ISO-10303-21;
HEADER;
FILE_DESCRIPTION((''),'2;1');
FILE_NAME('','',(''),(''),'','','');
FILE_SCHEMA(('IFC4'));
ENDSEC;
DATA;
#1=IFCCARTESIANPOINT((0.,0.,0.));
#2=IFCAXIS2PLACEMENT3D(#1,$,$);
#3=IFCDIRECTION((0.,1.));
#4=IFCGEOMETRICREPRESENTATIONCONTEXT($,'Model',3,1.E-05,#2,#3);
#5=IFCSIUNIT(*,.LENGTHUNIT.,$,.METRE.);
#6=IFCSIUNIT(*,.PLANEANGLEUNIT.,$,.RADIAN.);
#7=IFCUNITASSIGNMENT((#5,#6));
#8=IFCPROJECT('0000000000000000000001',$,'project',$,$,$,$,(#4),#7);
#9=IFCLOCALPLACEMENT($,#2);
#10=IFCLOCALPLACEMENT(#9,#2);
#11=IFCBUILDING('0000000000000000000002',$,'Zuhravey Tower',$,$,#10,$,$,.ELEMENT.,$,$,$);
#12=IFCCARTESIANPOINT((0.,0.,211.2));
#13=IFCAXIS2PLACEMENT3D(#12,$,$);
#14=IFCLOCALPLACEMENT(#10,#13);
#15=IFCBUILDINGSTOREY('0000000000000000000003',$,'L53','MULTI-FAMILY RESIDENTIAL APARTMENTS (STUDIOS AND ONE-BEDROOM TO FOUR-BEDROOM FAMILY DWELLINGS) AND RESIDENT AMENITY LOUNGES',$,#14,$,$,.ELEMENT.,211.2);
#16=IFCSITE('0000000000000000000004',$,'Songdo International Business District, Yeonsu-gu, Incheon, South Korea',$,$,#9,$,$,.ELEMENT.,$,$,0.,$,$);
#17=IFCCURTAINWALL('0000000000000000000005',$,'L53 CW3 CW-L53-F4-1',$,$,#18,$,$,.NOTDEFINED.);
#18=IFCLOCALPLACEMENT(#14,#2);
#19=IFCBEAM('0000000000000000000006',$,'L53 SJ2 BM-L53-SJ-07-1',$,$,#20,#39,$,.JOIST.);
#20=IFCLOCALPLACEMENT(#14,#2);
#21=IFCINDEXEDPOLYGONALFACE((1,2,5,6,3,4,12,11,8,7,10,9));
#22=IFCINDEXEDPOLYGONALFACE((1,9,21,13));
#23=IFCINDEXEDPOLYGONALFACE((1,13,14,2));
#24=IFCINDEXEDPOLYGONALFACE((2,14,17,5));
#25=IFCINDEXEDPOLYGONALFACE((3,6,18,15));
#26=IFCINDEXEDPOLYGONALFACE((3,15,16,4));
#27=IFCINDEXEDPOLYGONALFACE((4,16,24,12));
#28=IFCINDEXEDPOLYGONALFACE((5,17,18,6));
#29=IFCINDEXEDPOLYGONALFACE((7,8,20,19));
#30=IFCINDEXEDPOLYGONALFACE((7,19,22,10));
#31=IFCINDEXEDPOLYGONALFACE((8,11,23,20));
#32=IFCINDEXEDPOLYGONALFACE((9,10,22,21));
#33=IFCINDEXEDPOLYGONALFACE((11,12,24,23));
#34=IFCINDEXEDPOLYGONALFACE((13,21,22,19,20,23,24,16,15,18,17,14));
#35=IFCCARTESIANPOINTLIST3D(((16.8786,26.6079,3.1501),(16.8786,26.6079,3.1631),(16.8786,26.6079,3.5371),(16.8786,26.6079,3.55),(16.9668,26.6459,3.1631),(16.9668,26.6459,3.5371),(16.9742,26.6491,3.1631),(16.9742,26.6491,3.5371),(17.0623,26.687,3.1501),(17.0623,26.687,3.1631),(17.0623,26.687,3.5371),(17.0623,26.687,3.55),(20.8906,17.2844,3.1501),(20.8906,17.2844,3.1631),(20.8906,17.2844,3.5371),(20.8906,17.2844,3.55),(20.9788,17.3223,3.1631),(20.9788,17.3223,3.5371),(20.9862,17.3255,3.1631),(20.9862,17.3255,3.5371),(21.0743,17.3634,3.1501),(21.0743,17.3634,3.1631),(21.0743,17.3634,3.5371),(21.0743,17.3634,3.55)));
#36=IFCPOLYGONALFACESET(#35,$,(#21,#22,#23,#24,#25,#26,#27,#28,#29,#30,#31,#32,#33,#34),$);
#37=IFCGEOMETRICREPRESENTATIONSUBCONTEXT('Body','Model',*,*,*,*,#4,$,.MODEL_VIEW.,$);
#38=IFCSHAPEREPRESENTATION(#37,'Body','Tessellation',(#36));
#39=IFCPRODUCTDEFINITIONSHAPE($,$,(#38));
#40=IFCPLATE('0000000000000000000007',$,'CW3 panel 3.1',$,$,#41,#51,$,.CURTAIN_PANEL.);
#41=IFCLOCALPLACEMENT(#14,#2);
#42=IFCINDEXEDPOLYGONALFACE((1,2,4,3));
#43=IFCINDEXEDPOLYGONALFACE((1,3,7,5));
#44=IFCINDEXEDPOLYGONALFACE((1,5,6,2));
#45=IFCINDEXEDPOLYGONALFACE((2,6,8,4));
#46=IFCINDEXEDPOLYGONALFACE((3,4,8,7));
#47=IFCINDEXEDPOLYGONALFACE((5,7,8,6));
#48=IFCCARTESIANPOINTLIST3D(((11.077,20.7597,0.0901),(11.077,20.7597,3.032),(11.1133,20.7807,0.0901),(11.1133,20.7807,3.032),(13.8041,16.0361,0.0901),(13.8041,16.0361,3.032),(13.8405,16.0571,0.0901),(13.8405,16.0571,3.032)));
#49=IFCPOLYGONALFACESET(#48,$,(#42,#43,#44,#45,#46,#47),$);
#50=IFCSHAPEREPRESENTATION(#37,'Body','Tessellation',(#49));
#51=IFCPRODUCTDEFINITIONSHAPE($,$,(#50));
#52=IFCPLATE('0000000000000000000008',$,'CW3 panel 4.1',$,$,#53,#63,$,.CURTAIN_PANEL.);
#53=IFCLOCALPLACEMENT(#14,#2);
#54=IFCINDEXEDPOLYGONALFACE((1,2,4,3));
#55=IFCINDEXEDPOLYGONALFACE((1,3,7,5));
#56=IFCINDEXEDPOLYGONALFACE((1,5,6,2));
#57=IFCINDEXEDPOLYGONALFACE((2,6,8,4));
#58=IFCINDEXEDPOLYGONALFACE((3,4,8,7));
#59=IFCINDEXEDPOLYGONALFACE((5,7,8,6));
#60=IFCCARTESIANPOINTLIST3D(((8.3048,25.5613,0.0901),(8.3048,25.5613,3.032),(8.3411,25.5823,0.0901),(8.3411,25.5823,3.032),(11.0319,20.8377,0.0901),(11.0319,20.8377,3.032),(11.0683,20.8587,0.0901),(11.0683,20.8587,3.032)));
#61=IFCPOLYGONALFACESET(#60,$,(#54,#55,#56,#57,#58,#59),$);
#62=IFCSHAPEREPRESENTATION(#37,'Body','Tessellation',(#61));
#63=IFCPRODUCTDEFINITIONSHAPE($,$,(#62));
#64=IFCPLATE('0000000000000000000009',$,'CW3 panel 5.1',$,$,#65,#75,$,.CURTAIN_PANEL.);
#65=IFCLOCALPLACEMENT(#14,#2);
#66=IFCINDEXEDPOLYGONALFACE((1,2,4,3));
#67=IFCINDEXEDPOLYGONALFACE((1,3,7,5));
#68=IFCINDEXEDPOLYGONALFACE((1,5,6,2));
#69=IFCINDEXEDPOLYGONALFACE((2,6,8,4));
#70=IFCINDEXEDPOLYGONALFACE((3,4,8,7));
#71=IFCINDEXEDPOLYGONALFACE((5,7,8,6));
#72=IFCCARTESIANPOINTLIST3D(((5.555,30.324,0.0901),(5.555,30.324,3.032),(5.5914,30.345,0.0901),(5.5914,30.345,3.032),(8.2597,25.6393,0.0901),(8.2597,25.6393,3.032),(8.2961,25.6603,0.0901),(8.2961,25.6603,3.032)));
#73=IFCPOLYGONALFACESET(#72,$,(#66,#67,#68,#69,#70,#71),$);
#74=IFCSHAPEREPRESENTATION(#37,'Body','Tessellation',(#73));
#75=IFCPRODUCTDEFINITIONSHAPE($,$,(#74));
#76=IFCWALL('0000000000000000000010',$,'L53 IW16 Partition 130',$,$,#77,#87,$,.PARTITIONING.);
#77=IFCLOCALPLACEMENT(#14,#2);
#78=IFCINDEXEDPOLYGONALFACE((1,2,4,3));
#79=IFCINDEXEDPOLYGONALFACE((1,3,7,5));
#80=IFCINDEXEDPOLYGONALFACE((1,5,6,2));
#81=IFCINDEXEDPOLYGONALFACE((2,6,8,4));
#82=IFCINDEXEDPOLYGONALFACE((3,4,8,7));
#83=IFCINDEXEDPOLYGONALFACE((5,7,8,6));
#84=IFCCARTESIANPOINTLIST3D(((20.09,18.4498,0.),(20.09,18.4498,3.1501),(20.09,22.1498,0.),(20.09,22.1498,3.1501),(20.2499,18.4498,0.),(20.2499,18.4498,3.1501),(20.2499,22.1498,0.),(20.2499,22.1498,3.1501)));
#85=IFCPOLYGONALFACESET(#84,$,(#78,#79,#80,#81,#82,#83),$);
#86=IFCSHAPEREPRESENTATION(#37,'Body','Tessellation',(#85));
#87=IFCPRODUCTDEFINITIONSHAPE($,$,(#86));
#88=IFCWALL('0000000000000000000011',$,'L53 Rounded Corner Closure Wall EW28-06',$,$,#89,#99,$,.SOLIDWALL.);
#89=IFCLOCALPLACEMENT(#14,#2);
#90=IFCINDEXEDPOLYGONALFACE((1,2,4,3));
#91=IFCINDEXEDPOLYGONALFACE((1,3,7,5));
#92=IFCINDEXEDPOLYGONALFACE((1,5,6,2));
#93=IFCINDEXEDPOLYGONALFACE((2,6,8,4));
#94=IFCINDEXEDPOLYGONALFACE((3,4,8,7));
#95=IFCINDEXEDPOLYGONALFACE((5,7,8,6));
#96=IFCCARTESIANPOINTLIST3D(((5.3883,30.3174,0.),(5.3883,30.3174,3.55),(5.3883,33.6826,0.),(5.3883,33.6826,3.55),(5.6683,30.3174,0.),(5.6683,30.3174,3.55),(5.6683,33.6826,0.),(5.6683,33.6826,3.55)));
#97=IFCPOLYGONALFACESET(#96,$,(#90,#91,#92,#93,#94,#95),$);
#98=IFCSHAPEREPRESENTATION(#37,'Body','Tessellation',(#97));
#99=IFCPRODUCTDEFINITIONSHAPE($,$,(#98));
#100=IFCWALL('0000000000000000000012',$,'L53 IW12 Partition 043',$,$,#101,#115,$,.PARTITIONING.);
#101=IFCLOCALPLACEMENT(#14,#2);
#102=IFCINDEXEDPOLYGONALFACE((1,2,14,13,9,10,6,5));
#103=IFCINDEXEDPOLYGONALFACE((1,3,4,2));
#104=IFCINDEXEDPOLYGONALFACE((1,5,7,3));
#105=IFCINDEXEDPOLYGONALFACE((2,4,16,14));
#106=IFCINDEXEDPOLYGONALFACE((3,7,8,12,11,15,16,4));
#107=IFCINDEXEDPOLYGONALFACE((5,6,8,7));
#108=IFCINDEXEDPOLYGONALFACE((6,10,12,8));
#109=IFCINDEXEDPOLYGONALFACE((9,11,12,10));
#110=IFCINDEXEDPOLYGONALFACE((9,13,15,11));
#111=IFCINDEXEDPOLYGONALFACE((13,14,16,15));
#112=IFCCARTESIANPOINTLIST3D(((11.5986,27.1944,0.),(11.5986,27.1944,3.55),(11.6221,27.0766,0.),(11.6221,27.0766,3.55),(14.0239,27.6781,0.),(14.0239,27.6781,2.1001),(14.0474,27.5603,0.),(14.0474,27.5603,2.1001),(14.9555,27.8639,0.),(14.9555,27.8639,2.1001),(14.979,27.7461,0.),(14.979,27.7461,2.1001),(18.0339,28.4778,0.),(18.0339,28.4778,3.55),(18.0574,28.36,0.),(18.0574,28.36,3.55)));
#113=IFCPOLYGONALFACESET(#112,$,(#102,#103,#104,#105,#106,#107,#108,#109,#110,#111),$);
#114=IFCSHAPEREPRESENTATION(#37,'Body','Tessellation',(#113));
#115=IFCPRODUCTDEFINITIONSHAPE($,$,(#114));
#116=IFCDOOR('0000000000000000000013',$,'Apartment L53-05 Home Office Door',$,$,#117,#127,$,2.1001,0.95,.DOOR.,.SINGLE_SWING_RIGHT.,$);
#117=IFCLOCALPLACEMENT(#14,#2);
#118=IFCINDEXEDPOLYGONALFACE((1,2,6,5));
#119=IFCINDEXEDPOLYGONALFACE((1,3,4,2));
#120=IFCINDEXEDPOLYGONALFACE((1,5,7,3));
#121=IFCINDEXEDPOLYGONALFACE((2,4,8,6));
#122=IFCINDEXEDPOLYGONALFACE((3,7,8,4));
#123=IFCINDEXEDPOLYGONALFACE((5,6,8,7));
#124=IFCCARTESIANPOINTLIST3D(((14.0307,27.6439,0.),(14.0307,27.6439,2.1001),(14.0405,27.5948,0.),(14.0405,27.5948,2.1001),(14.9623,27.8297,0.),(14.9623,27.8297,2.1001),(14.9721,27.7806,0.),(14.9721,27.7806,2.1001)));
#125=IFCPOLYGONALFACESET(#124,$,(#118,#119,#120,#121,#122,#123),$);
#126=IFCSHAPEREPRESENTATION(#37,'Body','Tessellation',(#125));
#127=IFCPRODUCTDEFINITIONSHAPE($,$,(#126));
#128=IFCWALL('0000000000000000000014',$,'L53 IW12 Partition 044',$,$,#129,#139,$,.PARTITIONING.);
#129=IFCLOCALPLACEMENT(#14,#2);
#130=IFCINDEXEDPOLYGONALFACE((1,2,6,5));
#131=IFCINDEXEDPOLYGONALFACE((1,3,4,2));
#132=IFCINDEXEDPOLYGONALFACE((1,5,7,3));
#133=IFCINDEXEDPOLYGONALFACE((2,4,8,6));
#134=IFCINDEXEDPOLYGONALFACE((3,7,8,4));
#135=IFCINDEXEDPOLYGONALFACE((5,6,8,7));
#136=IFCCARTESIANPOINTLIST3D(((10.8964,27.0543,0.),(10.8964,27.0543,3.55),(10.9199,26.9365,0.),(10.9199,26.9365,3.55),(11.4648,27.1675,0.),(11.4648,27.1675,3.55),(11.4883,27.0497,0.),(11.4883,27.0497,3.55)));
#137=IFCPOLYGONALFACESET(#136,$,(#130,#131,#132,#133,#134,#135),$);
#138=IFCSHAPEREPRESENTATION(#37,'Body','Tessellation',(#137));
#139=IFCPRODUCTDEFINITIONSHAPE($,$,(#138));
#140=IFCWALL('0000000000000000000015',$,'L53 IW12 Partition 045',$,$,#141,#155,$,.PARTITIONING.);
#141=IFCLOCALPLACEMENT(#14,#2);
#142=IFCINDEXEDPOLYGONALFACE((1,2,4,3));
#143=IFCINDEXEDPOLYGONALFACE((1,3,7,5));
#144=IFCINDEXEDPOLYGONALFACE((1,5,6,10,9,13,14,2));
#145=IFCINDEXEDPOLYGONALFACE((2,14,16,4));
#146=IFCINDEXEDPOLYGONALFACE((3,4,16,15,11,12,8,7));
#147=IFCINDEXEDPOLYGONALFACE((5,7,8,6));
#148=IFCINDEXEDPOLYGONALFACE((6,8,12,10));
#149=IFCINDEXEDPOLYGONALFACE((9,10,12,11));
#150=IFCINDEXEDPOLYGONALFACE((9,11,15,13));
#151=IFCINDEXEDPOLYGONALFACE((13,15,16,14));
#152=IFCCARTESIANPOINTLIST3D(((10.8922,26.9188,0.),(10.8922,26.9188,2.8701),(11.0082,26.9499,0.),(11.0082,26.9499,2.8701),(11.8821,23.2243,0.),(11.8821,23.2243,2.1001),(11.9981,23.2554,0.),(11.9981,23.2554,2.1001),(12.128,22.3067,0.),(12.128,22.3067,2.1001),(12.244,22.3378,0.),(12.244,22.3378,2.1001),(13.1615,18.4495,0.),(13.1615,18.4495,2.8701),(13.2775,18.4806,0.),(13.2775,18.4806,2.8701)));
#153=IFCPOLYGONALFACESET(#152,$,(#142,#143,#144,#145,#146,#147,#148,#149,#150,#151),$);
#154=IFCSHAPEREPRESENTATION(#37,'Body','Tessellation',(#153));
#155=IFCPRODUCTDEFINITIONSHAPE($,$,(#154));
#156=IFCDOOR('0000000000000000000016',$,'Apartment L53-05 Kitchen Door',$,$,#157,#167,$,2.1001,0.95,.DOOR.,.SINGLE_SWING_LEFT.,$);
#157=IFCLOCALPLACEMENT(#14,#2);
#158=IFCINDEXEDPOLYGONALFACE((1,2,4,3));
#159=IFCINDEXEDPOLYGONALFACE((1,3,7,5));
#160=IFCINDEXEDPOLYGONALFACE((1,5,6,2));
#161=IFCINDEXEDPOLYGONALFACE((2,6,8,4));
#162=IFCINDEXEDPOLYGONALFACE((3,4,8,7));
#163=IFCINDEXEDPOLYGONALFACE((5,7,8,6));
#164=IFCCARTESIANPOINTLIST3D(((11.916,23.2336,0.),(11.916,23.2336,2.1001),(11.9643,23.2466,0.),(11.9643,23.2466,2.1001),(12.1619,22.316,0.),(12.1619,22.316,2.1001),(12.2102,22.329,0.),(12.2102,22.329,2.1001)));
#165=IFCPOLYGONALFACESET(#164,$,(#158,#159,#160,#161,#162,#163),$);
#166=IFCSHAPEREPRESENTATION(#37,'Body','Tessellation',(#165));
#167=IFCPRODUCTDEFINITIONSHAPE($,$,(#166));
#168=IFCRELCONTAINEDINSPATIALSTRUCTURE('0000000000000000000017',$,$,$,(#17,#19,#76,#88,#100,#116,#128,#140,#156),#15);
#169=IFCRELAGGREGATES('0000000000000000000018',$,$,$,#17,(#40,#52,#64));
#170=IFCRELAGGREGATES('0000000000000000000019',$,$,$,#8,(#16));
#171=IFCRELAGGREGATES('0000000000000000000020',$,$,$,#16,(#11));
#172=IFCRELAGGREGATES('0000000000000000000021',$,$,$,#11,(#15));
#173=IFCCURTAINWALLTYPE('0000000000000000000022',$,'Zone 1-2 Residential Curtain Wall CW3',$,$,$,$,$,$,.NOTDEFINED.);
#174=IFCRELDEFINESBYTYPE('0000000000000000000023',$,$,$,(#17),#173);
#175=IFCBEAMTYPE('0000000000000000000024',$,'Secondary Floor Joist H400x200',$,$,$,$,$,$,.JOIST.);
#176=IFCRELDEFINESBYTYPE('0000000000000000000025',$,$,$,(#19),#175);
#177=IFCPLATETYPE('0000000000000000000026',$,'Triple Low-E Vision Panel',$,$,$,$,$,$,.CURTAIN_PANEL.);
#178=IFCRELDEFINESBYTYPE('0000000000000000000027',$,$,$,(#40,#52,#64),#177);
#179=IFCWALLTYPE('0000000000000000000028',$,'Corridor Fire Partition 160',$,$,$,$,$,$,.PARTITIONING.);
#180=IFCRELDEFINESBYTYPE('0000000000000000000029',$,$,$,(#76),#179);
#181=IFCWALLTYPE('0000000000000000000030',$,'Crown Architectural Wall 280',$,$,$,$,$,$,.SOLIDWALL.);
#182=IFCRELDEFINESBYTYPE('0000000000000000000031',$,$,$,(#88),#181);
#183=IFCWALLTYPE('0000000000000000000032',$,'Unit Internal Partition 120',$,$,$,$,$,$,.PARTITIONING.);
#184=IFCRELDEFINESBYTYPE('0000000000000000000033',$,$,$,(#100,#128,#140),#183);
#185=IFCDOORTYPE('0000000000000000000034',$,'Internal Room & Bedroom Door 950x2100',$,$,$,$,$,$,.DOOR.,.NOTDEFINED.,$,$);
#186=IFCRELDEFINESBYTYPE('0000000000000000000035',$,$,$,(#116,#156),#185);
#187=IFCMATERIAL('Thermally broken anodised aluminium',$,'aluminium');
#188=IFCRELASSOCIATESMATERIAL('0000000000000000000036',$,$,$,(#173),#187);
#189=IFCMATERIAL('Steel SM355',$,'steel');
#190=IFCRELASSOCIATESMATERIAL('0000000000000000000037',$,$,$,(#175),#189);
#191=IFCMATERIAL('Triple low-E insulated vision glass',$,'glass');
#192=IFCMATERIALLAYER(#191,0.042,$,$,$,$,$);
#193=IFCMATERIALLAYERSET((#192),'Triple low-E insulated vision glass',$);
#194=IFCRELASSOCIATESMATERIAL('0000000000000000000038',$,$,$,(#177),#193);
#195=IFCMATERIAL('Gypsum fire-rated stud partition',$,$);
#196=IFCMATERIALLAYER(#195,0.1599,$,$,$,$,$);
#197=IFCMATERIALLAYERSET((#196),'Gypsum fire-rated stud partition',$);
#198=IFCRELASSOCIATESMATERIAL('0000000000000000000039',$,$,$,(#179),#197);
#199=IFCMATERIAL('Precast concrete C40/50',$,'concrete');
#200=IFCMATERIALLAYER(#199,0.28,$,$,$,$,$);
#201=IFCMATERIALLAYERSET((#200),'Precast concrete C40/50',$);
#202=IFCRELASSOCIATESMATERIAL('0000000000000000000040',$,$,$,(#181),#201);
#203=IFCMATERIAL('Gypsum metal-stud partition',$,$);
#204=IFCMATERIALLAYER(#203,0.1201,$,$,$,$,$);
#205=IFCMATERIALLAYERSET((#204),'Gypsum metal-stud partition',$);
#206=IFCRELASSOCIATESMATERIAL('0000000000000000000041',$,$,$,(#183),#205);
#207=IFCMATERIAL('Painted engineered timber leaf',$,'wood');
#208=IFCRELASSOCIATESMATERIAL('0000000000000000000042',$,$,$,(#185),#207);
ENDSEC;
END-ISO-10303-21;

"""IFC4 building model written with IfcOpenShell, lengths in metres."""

from ifc_helpers import new_model, si_unit, direction, frame, frame_2d, origin, origin_2d, place, context, subcontext, project, spatial, rectangle, i_section, extrude, material, layer, layer_set, material_profile, profile_set, type_object, element, fill, aggregate, save


model = new_model("IFC4")

# Units and contexts
model_context = context("Model", 3, precision=1e-05, world=origin(), true_north=direction((0.0, 1.0)))
body_context = subcontext(model_context, "Body", "Model", "MODEL_VIEW")
ifc_project = project(units=[si_unit("LENGTHUNIT", "METRE"), si_unit("PLANEANGLEUNIT", "RADIAN")], contexts=[model_context])

# Site, building, storey
site_placement = place(None, origin())
site = spatial("IfcSite", under=ifc_project, at=site_placement, Name="Songdo International Business District, Yeonsu-gu, Incheon, South Korea", CompositionType="ELEMENT", RefElevation=0.0)
building_placement = place(site_placement, origin())
building = spatial("IfcBuilding", under=site, at=building_placement, Name="Zuhravey Tower", CompositionType="ELEMENT")
storey_placement = place(building_placement, frame((0.0, 0.0, 211.2)))
storey = spatial("IfcBuildingStorey", under=building, at=storey_placement, Name="L53", Description="MULTI-FAMILY RESIDENTIAL APARTMENTS (STUDIOS AND ONE-BEDROOM TO FOUR-BEDROOM FAMILY DWELLINGS) AND RESIDENT AMENITY LOUNGES", CompositionType="ELEMENT", Elevation=211.2)

# Curtain wall
ifc_material_1 = material(Name="Thermally broken anodised aluminium", Category="aluminium")
curtain_wall_type = type_object("IfcCurtainWallType", Name="Zone 1-2 Residential Curtain Wall CW3", PredefinedType="NOTDEFINED", material=ifc_material_1)
curtain_wall_placement = place(storey_placement, origin())
curtain_wall = element("IfcCurtainWall", 1, at=curtain_wall_placement, inside=storey, type_object=curtain_wall_type, Name="L53 CW3 CW-L53-F4-1", PredefinedType="NOTDEFINED")

# Beam
ifc_material_2 = material(Name="Steel SM355", Category="steel")
ifc_material_profile_1 = material_profile(ifc_material_2, i_section(OverallWidth=0.2, OverallDepth=0.3999, WebThickness=0.0081, FlangeThickness=0.0129, at=origin_2d()), Name="H-400x200x8x13")
ifc_profile_set_1 = profile_set([ifc_material_profile_1], Name="Steel SM355")
beam_type_1 = type_object("IfcBeamType", Name="Secondary Floor Joist H400x200", PredefinedType="JOIST", material=ifc_profile_set_1)
beam_1_placement = place(storey_placement, frame((16.9705, 26.6475, 3.3501), z_axis=(0.395266, -0.918567, 0.0), x_axis=(0.918567, 0.395266, 0.0)))
element("IfcBeam", 2, at=beam_1_placement, inside=storey, type_object=beam_type_1, Name="L53 SJ2 BM-L53-SJ-07-1", PredefinedType="JOIST", context=body_context, shape_type="SweptSolid", body=[
    extrude(i_section(OverallWidth=0.2, OverallDepth=0.3999, WebThickness=0.0081, FlangeThickness=0.0129, at=origin_2d()), origin(), (0.0, 0.0, 1.0), 10.1501),
])

# Plates
ifc_material_3 = material(Name="Triple low-E insulated vision glass", Category="glass")
ifc_layer_1 = layer(ifc_material_3, 0.042)
ifc_layer_set_1 = layer_set([ifc_layer_1], Name="Triple low-E insulated vision glass")
plate_type = type_object("IfcPlateType", Name="Triple Low-E Vision Panel", PredefinedType="CURTAIN_PANEL", material=ifc_layer_set_1)
plate_1_placement = place(storey_placement, frame((12.4587, 18.4084, 0.0901), z_axis=(0.0, 0.0, 1.0), x_axis=(-0.5, 0.866025, 0.0)))
plate_1 = element("IfcPlate", 3, at=plate_1_placement, type_object=plate_type, Name="CW3 panel 3.1", PredefinedType="CURTAIN_PANEL", context=body_context, shape_type="SweptSolid", body=[
    extrude(rectangle(XDim=5.4543, YDim=0.042, at=origin_2d()), origin(), (0.0, 0.0, 1.0), 2.9419),
])
plate_2_placement = place(storey_placement, frame((9.6865, 23.21, 0.0901), z_axis=(0.0, 0.0, 1.0), x_axis=(-0.5, 0.866025, 0.0)))
plate_2 = element("IfcPlate", 4, at=plate_2_placement, type_object=plate_type, Name="CW3 panel 4.1", PredefinedType="CURTAIN_PANEL", context=body_context, shape_type="SweptSolid", body=[
    extrude(rectangle(XDim=5.4543, YDim=0.042, at=origin_2d()), origin(), (0.0, 0.0, 1.0), 2.9419),
])
plate_3_placement = place(storey_placement, frame((6.9255, 27.9922, 0.0901), z_axis=(0.0, 0.0, 1.0), x_axis=(-0.5, 0.866025, 0.0)))
plate_3 = element("IfcPlate", 5, at=plate_3_placement, type_object=plate_type, Name="CW3 panel 5.1", PredefinedType="CURTAIN_PANEL", context=body_context, shape_type="SweptSolid", body=[
    extrude(rectangle(XDim=5.4094, YDim=0.042, at=origin_2d()), origin(), (0.0, 0.0, 1.0), 2.9419),
])
aggregate(curtain_wall, [plate_1, plate_2, plate_3])

# Walls
ifc_material_4 = material(Name="Gypsum fire-rated stud partition")
ifc_layer_2 = layer(ifc_material_4, 0.1599)
ifc_layer_set_2 = layer_set([ifc_layer_2], Name="Gypsum fire-rated stud partition")
wall_type_1 = type_object("IfcWallType", Name="Corridor Fire Partition 160", PredefinedType="PARTITIONING", material=ifc_layer_set_2)
wall_1_placement = place(storey_placement, frame((20.1699, 22.1499, 0.0), z_axis=(0.0, 0.0, 1.0), x_axis=(0.0, -1.0, 0.0)))
element("IfcWall", 6, at=wall_1_placement, inside=storey, type_object=wall_type_1, Name="L53 IW16 Partition 130", PredefinedType="PARTITIONING", context=body_context, shape_type="SweptSolid", body=[
    extrude(rectangle(XDim=3.7, YDim=0.1599, at=frame_2d((1.8501, 0.0))), origin(), (0.0, 0.0, 1.0), 3.1501),
])
ifc_material_5 = material(Name="Precast concrete C40/50", Category="concrete")
ifc_layer_3 = layer(ifc_material_5, 0.28)
ifc_layer_set_3 = layer_set([ifc_layer_3], Name="Precast concrete C40/50")
wall_type_2 = type_object("IfcWallType", Name="Crown Architectural Wall 280", PredefinedType="SOLIDWALL", material=ifc_layer_set_3)
wall_2_placement = place(storey_placement, frame((5.5283, 30.3174, 0.0), z_axis=(0.0, 0.0, 1.0), x_axis=(0.0, 1.0, 0.0)))
element("IfcWall", 7, at=wall_2_placement, inside=storey, type_object=wall_type_2, Name="L53 Rounded Corner Closure Wall EW28-06", PredefinedType="SOLIDWALL", context=body_context, shape_type="SweptSolid", body=[
    extrude(rectangle(XDim=3.3652, YDim=0.28, at=frame_2d((1.6826, 0.0))), origin(), (0.0, 0.0, 1.0), 3.55),
])

# Wall, opening, door
ifc_material_6 = material(Name="Gypsum metal-stud partition")
ifc_layer_4 = layer(ifc_material_6, 0.1201)
ifc_layer_set_4 = layer_set([ifc_layer_4], Name="Gypsum metal-stud partition")
wall_type_3 = type_object("IfcWallType", Name="Unit Internal Partition 120", PredefinedType="PARTITIONING", material=ifc_layer_set_4)
wall_3_placement = place(storey_placement, frame((18.0457, 28.4189, 0.0), z_axis=(0.0, 0.0, 1.0), x_axis=(-0.980686, -0.195587, 0.0)))
wall_3 = element("IfcWall", 8, at=wall_3_placement, inside=storey, type_object=wall_type_3, Name="L53 IW12 Partition 043", PredefinedType="PARTITIONING", context=body_context, shape_type="SweptSolid", body=[
    extrude(rectangle(XDim=6.562, YDim=0.1201, at=frame_2d((3.281, 0.0))), origin(), (0.0, 0.0, 1.0), 3.55),
])
opening_1_placement = place(wall_3_placement, frame((3.1389, 0.0, 0.0)))
opening_1 = element("IfcOpeningElement", 9, at=opening_1_placement, cuts=wall_3, PredefinedType="OPENING", context=body_context, shape_type="SweptSolid", body=[
    extrude(rectangle(XDim=0.95, YDim=2.1001, at=frame_2d((0.4751, 1.05))), frame((0.0, 0.072, 0.0), z_axis=(0.0, -1.0, 0.0), x_axis=(1.0, 0.0, 0.0)), (0.0, 0.0, 1.0), 0.144),
])
ifc_material_7 = material(Name="Painted engineered timber leaf", Category="wood")
door_type = type_object("IfcDoorType", Name="Internal Room & Bedroom Door 950x2100", OperationType="NOTDEFINED", PredefinedType="DOOR", material=ifc_material_7)
door_1_placement = place(opening_1_placement, origin())
door_1 = element("IfcDoor", 10, at=door_1_placement, inside=storey, type_object=door_type, Name="Apartment L53-05 Home Office Door", OperationType="SINGLE_SWING_RIGHT", OverallHeight=2.1001, OverallWidth=0.95, PredefinedType="DOOR", context=body_context, shape_type="SweptSolid", body=[
    extrude(rectangle(XDim=0.95, YDim=2.1001, at=frame_2d((0.4751, 1.05))), frame((0.0, 0.0249, 0.0), z_axis=(0.0, -1.0, 0.0), x_axis=(1.0, 0.0, 0.0)), (0.0, 0.0, 1.0), 0.05),
])
fill(opening_1, door_1)

# Wall
wall_4_placement = place(storey_placement, frame((11.4766, 27.1086, 0.0), z_axis=(0.0, 0.0, 1.0), x_axis=(-0.98071, -0.195468, 0.0)))
element("IfcWall", 11, at=wall_4_placement, inside=storey, type_object=wall_type_3, Name="L53 IW12 Partition 044", PredefinedType="PARTITIONING", context=body_context, shape_type="SweptSolid", body=[
    extrude(rectangle(XDim=0.5796, YDim=0.1201, at=frame_2d((0.2898, 0.0))), origin(), (0.0, 0.0, 1.0), 3.55),
])

# Wall, opening, door
wall_5_placement = place(storey_placement, frame((10.9502, 26.9343, 0.0), z_axis=(0.0, 0.0, 1.0), x_axis=(0.258815, -0.965927, 0.0)))
wall_5 = element("IfcWall", 12, at=wall_5_placement, inside=storey, type_object=wall_type_3, Name="L53 IW12 Partition 045", PredefinedType="PARTITIONING", context=body_context, shape_type="SweptSolid", body=[
    extrude(rectangle(XDim=8.7681, YDim=0.1201, at=frame_2d((4.384, 0.0))), origin(), (0.0, 0.0, 1.0), 2.8701),
])
opening_2_placement = place(wall_5_placement, frame((3.8247, 0.0, 0.0)))
opening_2 = element("IfcOpeningElement", 13, at=opening_2_placement, cuts=wall_5, PredefinedType="OPENING", context=body_context, shape_type="SweptSolid", body=[
    extrude(rectangle(XDim=0.95, YDim=2.1001, at=frame_2d((0.4751, 1.05))), frame((0.0, 0.072, 0.0), z_axis=(0.0, -1.0, 0.0), x_axis=(1.0, 0.0, 0.0)), (0.0, 0.0, 1.0), 0.144),
])
door_2_placement = place(opening_2_placement, frame((0.95, 0.0, 0.0), z_axis=(0.0, 0.0, 1.0), x_axis=(-1.0, 0.0, 0.0)))
door_2 = element("IfcDoor", 14, at=door_2_placement, inside=storey, type_object=door_type, Name="Apartment L53-05 Kitchen Door", OperationType="SINGLE_SWING_LEFT", OverallHeight=2.1001, OverallWidth=0.95, PredefinedType="DOOR", context=body_context, shape_type="SweptSolid", body=[
    extrude(rectangle(XDim=0.95, YDim=2.1001, at=frame_2d((0.4751, 1.05))), frame((0.0, 0.0249, 0.0), z_axis=(0.0, -1.0, 0.0), x_axis=(1.0, 0.0, 0.0)), (0.0, 0.0, 1.0), 0.05),
])
fill(opening_2, door_2)

save(model, "model.ifc")
